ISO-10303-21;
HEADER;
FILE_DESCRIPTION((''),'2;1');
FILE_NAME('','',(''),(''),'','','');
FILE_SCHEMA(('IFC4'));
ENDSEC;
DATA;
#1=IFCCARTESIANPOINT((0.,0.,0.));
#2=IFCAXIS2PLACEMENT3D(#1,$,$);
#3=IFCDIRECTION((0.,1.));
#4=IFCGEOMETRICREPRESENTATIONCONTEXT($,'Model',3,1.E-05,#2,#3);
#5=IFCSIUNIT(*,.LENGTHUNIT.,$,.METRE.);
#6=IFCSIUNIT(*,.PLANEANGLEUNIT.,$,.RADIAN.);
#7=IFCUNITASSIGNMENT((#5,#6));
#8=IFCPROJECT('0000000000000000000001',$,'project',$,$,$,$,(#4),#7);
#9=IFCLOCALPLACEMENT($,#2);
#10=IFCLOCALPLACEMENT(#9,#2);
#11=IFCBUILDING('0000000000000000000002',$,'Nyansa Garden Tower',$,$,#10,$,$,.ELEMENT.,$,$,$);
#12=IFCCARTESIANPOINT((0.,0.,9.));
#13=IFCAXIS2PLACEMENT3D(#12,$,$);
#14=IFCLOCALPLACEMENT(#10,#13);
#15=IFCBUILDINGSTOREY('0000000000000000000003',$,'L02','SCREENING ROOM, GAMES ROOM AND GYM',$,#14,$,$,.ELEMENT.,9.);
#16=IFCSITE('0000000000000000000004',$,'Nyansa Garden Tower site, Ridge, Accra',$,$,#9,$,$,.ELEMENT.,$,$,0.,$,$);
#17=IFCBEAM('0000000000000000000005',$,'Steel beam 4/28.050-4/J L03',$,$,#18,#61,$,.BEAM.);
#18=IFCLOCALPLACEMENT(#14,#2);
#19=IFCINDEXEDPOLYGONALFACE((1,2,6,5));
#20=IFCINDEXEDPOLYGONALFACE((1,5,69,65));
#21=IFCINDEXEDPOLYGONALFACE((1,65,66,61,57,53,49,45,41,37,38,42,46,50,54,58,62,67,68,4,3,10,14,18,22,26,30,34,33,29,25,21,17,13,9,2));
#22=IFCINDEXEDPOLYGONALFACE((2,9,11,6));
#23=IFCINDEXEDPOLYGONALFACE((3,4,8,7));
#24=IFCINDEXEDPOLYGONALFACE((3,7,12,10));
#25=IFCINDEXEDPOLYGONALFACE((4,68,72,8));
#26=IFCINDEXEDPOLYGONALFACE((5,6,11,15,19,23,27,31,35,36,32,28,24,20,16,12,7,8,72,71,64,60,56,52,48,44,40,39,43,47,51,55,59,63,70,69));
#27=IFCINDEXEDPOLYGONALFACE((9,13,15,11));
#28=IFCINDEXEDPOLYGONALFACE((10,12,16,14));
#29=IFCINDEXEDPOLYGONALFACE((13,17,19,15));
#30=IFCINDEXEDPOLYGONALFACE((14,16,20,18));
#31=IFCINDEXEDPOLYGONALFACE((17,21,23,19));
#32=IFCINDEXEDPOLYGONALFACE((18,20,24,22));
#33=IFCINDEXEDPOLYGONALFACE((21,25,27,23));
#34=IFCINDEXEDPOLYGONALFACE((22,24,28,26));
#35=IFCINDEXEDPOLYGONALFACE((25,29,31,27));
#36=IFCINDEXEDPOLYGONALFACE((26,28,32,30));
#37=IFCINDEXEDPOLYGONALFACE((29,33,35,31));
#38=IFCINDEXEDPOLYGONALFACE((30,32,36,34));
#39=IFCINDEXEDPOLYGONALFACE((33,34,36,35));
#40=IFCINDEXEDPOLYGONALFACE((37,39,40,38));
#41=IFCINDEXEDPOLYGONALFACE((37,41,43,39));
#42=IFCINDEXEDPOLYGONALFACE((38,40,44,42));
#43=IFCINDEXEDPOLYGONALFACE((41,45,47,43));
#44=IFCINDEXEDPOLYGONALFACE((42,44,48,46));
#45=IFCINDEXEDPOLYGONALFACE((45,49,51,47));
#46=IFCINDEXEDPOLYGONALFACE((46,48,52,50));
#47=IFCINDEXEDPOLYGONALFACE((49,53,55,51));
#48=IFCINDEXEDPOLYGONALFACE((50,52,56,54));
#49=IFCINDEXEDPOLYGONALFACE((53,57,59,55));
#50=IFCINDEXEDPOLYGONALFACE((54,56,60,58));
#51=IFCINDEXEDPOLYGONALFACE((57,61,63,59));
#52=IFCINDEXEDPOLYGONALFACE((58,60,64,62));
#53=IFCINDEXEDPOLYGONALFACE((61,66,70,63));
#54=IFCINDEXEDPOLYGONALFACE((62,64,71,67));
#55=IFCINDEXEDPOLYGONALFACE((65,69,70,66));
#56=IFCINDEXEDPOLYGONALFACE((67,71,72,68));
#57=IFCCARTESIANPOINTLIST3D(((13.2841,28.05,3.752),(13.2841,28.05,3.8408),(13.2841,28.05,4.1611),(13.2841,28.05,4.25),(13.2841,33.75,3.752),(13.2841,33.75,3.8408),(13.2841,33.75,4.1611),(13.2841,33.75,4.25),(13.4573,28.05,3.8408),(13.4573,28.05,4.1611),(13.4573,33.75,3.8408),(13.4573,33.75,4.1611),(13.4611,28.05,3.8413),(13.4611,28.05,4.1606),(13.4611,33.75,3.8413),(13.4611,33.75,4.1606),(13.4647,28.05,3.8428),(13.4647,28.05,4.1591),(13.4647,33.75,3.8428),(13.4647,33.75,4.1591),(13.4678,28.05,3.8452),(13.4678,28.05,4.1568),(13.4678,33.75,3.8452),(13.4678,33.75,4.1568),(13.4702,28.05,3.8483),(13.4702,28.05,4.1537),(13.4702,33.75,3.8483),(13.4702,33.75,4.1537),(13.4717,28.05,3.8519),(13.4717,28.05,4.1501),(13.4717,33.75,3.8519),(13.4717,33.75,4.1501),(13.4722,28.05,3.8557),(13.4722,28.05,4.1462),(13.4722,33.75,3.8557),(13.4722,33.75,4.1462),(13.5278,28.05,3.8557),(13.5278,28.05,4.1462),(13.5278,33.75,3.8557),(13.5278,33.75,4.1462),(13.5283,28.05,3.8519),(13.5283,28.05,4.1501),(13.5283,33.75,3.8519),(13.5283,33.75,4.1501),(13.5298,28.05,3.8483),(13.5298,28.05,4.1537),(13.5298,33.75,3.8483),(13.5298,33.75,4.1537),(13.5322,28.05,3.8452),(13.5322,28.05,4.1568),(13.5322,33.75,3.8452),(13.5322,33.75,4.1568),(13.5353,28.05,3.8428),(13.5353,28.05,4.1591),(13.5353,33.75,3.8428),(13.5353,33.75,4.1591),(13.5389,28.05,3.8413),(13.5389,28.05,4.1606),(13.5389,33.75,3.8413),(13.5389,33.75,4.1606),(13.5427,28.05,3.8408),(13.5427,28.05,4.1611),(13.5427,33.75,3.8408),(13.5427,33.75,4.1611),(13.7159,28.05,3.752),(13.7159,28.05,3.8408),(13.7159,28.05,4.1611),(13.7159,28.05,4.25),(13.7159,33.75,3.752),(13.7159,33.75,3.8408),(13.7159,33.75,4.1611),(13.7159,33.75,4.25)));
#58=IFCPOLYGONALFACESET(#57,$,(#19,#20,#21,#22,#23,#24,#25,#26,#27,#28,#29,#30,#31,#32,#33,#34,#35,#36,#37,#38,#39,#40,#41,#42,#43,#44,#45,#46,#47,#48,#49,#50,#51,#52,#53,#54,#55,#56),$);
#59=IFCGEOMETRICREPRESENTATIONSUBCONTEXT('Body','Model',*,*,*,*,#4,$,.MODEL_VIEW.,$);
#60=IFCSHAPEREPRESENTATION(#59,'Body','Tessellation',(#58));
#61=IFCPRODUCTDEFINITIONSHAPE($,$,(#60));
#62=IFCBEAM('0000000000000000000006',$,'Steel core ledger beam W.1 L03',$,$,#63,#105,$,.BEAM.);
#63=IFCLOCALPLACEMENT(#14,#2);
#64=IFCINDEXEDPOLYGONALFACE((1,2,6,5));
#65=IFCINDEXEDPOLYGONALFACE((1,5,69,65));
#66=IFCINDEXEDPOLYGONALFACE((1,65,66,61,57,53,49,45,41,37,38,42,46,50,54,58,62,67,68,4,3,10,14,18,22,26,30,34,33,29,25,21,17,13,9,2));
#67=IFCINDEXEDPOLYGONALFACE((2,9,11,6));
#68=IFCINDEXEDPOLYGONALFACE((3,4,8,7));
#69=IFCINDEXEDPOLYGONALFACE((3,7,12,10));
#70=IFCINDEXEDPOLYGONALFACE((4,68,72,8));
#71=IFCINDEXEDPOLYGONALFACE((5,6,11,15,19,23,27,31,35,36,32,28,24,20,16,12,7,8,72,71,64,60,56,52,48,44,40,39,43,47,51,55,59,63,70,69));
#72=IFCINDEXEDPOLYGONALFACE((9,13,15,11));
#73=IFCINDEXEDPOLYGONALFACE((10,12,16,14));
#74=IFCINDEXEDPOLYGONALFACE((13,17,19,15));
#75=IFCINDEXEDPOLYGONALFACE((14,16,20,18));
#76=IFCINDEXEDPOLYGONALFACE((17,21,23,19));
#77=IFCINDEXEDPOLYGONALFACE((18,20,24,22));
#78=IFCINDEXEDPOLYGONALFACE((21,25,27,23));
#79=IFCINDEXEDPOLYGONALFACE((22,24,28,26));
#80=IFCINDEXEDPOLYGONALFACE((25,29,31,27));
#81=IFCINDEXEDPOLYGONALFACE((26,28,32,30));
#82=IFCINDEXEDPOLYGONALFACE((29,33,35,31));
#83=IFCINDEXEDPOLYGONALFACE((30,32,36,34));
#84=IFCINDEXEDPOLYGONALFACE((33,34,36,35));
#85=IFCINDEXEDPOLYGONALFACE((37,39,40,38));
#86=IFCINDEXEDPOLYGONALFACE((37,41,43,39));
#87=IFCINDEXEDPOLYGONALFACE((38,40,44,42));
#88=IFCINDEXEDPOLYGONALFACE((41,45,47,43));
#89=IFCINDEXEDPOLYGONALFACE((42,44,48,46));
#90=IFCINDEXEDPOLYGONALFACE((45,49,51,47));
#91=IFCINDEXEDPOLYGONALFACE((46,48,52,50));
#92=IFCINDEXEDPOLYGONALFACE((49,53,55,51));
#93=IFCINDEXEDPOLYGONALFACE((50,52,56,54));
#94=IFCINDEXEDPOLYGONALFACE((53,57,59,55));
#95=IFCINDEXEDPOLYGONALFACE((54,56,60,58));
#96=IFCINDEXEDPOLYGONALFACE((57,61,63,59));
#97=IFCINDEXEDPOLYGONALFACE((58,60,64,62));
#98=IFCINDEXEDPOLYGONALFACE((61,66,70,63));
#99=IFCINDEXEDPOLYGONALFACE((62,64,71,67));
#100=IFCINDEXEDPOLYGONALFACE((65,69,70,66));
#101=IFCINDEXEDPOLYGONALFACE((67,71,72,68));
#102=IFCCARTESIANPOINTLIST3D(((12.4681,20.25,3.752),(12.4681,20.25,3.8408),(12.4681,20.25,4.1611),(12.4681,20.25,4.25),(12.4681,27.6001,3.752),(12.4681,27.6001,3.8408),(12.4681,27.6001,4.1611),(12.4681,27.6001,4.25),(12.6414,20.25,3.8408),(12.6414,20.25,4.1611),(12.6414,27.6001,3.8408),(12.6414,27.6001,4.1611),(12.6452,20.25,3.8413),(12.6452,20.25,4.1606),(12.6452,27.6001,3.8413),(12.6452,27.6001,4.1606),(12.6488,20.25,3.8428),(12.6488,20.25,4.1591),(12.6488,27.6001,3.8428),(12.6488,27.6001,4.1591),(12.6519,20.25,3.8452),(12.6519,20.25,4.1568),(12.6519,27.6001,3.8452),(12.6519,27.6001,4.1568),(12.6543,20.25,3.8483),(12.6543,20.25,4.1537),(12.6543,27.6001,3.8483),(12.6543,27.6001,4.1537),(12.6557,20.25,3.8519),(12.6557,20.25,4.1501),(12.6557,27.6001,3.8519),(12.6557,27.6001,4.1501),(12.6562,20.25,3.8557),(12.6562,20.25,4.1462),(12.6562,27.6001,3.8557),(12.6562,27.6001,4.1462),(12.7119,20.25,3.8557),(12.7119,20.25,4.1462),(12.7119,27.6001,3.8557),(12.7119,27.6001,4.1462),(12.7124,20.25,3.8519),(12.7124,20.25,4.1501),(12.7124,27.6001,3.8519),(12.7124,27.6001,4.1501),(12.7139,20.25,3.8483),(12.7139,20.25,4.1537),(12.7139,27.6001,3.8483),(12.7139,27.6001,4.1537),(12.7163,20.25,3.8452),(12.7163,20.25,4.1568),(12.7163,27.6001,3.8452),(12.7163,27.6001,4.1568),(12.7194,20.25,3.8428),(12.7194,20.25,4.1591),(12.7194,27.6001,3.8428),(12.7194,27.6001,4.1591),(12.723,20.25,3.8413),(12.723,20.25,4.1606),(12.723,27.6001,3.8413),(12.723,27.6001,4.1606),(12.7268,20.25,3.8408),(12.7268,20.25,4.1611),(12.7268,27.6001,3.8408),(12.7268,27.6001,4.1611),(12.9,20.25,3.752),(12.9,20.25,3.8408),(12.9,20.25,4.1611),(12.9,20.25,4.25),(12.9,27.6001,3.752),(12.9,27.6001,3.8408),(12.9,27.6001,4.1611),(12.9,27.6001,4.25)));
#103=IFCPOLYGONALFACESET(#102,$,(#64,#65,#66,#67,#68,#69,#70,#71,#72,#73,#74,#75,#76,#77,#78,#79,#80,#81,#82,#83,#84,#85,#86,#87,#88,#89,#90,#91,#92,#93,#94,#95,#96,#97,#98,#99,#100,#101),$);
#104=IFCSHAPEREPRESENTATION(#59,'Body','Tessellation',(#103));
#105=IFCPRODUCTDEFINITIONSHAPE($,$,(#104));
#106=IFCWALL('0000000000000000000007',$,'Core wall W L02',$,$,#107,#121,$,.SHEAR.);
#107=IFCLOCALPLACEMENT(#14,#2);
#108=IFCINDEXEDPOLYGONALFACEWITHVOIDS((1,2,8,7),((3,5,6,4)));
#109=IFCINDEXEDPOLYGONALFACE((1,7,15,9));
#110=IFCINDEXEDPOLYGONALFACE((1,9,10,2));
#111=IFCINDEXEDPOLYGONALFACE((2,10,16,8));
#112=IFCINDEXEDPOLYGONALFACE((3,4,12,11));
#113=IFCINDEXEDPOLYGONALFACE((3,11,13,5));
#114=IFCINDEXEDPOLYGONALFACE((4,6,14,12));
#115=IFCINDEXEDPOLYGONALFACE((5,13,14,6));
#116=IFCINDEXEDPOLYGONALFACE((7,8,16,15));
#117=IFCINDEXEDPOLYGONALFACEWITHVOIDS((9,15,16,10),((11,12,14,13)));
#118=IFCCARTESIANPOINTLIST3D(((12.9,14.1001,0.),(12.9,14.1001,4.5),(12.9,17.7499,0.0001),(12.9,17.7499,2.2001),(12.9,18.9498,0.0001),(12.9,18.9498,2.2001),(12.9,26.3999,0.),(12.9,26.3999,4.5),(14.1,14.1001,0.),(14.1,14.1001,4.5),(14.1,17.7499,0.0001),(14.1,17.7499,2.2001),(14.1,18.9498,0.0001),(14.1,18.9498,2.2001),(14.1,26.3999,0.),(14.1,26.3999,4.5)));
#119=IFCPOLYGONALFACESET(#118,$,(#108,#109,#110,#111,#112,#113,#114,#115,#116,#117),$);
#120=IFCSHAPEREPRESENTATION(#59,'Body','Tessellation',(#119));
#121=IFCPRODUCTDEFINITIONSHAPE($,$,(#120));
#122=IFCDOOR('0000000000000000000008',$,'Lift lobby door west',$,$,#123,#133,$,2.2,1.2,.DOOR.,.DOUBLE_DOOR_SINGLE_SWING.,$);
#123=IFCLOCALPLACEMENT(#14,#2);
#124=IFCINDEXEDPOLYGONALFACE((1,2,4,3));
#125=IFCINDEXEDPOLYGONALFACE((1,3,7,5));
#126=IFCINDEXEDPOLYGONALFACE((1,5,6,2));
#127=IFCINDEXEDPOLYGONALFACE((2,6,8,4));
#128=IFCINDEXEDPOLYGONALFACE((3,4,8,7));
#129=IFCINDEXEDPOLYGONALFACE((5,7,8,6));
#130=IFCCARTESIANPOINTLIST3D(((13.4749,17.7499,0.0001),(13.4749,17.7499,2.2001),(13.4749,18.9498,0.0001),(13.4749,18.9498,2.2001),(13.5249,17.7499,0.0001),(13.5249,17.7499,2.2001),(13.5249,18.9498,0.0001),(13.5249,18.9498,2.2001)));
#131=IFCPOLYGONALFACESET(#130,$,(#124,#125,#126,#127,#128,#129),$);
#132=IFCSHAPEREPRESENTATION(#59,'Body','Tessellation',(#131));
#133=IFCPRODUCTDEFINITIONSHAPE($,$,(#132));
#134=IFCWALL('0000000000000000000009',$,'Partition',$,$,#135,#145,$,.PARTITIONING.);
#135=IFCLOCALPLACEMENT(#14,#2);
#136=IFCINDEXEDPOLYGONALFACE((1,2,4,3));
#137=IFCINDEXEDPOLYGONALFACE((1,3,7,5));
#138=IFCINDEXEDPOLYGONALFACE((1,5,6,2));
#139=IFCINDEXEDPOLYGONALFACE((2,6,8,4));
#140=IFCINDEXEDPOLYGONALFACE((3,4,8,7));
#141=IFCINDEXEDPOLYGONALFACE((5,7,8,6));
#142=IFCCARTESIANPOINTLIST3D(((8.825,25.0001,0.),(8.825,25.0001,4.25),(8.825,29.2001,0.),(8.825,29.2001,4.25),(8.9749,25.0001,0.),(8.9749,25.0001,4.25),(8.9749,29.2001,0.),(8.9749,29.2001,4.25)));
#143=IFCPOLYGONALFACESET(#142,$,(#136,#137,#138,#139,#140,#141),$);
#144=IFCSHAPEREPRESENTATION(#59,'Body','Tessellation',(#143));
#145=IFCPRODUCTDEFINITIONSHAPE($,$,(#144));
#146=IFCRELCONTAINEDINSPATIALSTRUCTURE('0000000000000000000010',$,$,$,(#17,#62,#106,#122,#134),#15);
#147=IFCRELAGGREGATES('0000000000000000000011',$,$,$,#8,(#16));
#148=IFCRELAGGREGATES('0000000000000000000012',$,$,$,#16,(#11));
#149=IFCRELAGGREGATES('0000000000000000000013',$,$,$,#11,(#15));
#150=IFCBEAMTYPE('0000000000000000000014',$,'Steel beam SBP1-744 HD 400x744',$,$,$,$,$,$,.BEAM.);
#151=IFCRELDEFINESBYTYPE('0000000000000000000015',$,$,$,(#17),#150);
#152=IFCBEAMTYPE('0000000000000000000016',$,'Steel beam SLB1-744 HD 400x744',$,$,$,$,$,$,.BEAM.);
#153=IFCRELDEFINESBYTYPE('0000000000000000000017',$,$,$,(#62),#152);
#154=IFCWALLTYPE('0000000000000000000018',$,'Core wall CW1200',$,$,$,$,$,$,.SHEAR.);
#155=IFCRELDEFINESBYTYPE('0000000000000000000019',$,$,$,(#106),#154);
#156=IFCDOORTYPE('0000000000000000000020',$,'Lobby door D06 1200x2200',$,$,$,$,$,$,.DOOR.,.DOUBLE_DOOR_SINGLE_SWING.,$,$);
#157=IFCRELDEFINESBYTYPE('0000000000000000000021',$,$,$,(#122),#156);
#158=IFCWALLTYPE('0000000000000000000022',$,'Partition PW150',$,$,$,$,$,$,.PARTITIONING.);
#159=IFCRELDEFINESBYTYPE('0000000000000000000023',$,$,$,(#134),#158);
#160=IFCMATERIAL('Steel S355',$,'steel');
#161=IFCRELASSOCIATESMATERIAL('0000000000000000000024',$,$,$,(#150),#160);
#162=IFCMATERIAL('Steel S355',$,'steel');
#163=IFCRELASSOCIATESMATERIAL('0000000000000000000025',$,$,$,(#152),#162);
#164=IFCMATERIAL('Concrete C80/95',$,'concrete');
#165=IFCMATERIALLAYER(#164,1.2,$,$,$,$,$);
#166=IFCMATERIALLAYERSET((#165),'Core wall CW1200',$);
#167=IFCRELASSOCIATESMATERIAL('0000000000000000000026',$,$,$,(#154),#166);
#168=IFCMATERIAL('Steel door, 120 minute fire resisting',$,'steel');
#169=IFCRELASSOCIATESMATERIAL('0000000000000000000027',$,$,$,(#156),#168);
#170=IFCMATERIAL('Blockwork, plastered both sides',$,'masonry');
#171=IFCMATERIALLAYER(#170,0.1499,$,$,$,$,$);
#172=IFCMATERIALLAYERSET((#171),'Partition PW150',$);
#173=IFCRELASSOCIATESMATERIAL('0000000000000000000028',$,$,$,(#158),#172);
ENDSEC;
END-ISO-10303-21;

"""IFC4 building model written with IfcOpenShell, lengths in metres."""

from ifc_helpers import new_model, si_unit, direction, frame, frame_2d, origin, origin_2d, place, context, subcontext, project, spatial, rectangle, i_section, extrude, material, layer, layer_set, material_profile, profile_set, type_object, element, fill, save


model = new_model("IFC4")

# Units and contexts
model_context = context("Model", 3, precision=1e-05, world=origin(), true_north=direction((0.0, 1.0)))
body_context = subcontext(model_context, "Body", "Model", "MODEL_VIEW")
ifc_project = project(units=[si_unit("LENGTHUNIT", "METRE"), si_unit("PLANEANGLEUNIT", "RADIAN")], contexts=[model_context])

# Site, building, storey
site_placement = place(None, origin())
site = spatial("IfcSite", under=ifc_project, at=site_placement, Name="Nyansa Garden Tower site, Ridge, Accra", CompositionType="ELEMENT", RefElevation=0.0)
building_placement = place(site_placement, origin())
building = spatial("IfcBuilding", under=site, at=building_placement, Name="Nyansa Garden Tower", CompositionType="ELEMENT")
storey_placement = place(building_placement, frame((0.0, 0.0, 9.0)))
storey = spatial("IfcBuildingStorey", under=building, at=storey_placement, Name="L02", Description="SCREENING ROOM, GAMES ROOM AND GYM", CompositionType="ELEMENT", Elevation=9.0)

# Beams
ifc_material_1 = material(Name="Steel S355", Category="steel")
ifc_material_profile_1 = material_profile(ifc_material_1, i_section(OverallWidth=0.4319, OverallDepth=0.498, WebThickness=0.0557, FlangeThickness=0.0889, FilletRadius=0.0149, at=origin_2d()), Name="HD 400x744")
ifc_profile_set_1 = profile_set([ifc_material_profile_1], Name="Steel S355")
beam_type_1 = type_object("IfcBeamType", Name="Steel beam SBP1-744 HD 400x744", PredefinedType="BEAM", material=ifc_profile_set_1)
beam_1_placement = place(storey_placement, frame((13.5, 28.05, 4.001), z_axis=(0.0, 1.0, 0.0), x_axis=(-1.0, 0.0, 0.0)))
element("IfcBeam", 1, at=beam_1_placement, inside=storey, type_object=beam_type_1, Name="Steel beam 4/28.050-4/J L03", PredefinedType="BEAM", context=body_context, shape_type="SweptSolid", body=[
    extrude(i_section(OverallWidth=0.4319, OverallDepth=0.498, WebThickness=0.0557, FlangeThickness=0.0889, FilletRadius=0.0149, at=origin_2d()), origin(), (0.0, 0.0, 1.0), 5.7),
])
ifc_material_2 = material(Name="Steel S355", Category="steel")
ifc_material_profile_2 = material_profile(ifc_material_2, i_section(OverallWidth=0.4319, OverallDepth=0.498, WebThickness=0.0557, FlangeThickness=0.0889, FilletRadius=0.0149, at=origin_2d()), Name="HD 400x744")
ifc_profile_set_2 = profile_set([ifc_material_profile_2], Name="Steel S355")
beam_type_2 = type_object("IfcBeamType", Name="Steel beam SLB1-744 HD 400x744", PredefinedType="BEAM", material=ifc_profile_set_2)
beam_2_placement = place(storey_placement, frame((12.6841, 27.6001, 4.001), z_axis=(0.0, -1.0, 0.0), x_axis=(1.0, 0.0, 0.0)))
element("IfcBeam", 2, at=beam_2_placement, inside=storey, type_object=beam_type_2, Name="Steel core ledger beam W.1 L03", PredefinedType="BEAM", context=body_context, shape_type="SweptSolid", body=[
    extrude(i_section(OverallWidth=0.4319, OverallDepth=0.498, WebThickness=0.0557, FlangeThickness=0.0889, FilletRadius=0.0149, at=origin_2d()), origin(), (0.0, 0.0, 1.0), 7.3501),
])

# Wall, opening, door
ifc_material_3 = material(Name="Concrete C80/95", Category="concrete")
ifc_layer_1 = layer(ifc_material_3, 1.2)
ifc_layer_set_1 = layer_set([ifc_layer_1], Name="Core wall CW1200")
wall_type_1 = type_object("IfcWallType", Name="Core wall CW1200", PredefinedType="SHEAR", material=ifc_layer_set_1)
wall_1_placement = place(storey_placement, frame((13.5, 26.3999, 0.0), z_axis=(0.0, 0.0, 1.0), x_axis=(0.0, -1.0, 0.0)))
wall_1 = element("IfcWall", 3, at=wall_1_placement, inside=storey, type_object=wall_type_1, Name="Core wall W L02", PredefinedType="SHEAR", context=body_context, shape_type="SweptSolid", body=[
    extrude(rectangle(XDim=12.2998, YDim=1.2, at=frame_2d((6.1499, 0.0))), origin(), (0.0, 0.0, 1.0), 4.5),
])
opening_1_placement = place(wall_1_placement, frame((7.45, 0.0, 0.0)))
opening_1 = element("IfcOpeningElement", 4, at=opening_1_placement, cuts=wall_1, PredefinedType="OPENING", context=body_context, shape_type="SweptSolid", body=[
    extrude(rectangle(XDim=1.2, YDim=2.2, at=frame_2d((0.6001, 1.1001))), frame((0.0, 0.6099, 0.0), z_axis=(0.0, -1.0, 0.0), x_axis=(1.0, 0.0, 0.0)), (0.0, 0.0, 1.0), 1.22),
])
ifc_material_4 = material(Name="Steel door, 120 minute fire resisting", Category="steel")
door_type_1 = type_object("IfcDoorType", Name="Lobby door D06 1200x2200", OperationType="DOUBLE_DOOR_SINGLE_SWING", PredefinedType="DOOR", material=ifc_material_4)
door_1_placement = place(opening_1_placement, origin())
door_1 = element("IfcDoor", 5, at=door_1_placement, inside=storey, type_object=door_type_1, Name="Lift lobby door west", OperationType="DOUBLE_DOOR_SINGLE_SWING", OverallHeight=2.2, OverallWidth=1.2, PredefinedType="DOOR", context=body_context, shape_type="SweptSolid", body=[
    extrude(rectangle(XDim=1.2, YDim=2.2, at=frame_2d((0.6001, 1.1001))), frame((0.0, 0.0249, 0.0), z_axis=(0.0, -1.0, 0.0), x_axis=(1.0, 0.0, 0.0)), (0.0, 0.0, 1.0), 0.05),
])
fill(opening_1, door_1)

# Wall
ifc_material_5 = material(Name="Blockwork, plastered both sides", Category="masonry")
ifc_layer_2 = layer(ifc_material_5, 0.1499)
ifc_layer_set_2 = layer_set([ifc_layer_2], Name="Partition PW150")
wall_type_2 = type_object("IfcWallType", Name="Partition PW150", PredefinedType="PARTITIONING", material=ifc_layer_set_2)
wall_2_placement = place(storey_placement, frame((8.8999, 25.0, 0.0), z_axis=(0.0, 0.0, 1.0), x_axis=(0.0, 1.0, 0.0)))
element("IfcWall", 6, at=wall_2_placement, inside=storey, type_object=wall_type_2, Name="Partition", PredefinedType="PARTITIONING", context=body_context, shape_type="SweptSolid", body=[
    extrude(rectangle(XDim=4.2, YDim=0.1499, at=frame_2d((2.1001, 0.0))), origin(), (0.0, 0.0, 1.0), 4.25),
])

save(model, "model.ifc")
